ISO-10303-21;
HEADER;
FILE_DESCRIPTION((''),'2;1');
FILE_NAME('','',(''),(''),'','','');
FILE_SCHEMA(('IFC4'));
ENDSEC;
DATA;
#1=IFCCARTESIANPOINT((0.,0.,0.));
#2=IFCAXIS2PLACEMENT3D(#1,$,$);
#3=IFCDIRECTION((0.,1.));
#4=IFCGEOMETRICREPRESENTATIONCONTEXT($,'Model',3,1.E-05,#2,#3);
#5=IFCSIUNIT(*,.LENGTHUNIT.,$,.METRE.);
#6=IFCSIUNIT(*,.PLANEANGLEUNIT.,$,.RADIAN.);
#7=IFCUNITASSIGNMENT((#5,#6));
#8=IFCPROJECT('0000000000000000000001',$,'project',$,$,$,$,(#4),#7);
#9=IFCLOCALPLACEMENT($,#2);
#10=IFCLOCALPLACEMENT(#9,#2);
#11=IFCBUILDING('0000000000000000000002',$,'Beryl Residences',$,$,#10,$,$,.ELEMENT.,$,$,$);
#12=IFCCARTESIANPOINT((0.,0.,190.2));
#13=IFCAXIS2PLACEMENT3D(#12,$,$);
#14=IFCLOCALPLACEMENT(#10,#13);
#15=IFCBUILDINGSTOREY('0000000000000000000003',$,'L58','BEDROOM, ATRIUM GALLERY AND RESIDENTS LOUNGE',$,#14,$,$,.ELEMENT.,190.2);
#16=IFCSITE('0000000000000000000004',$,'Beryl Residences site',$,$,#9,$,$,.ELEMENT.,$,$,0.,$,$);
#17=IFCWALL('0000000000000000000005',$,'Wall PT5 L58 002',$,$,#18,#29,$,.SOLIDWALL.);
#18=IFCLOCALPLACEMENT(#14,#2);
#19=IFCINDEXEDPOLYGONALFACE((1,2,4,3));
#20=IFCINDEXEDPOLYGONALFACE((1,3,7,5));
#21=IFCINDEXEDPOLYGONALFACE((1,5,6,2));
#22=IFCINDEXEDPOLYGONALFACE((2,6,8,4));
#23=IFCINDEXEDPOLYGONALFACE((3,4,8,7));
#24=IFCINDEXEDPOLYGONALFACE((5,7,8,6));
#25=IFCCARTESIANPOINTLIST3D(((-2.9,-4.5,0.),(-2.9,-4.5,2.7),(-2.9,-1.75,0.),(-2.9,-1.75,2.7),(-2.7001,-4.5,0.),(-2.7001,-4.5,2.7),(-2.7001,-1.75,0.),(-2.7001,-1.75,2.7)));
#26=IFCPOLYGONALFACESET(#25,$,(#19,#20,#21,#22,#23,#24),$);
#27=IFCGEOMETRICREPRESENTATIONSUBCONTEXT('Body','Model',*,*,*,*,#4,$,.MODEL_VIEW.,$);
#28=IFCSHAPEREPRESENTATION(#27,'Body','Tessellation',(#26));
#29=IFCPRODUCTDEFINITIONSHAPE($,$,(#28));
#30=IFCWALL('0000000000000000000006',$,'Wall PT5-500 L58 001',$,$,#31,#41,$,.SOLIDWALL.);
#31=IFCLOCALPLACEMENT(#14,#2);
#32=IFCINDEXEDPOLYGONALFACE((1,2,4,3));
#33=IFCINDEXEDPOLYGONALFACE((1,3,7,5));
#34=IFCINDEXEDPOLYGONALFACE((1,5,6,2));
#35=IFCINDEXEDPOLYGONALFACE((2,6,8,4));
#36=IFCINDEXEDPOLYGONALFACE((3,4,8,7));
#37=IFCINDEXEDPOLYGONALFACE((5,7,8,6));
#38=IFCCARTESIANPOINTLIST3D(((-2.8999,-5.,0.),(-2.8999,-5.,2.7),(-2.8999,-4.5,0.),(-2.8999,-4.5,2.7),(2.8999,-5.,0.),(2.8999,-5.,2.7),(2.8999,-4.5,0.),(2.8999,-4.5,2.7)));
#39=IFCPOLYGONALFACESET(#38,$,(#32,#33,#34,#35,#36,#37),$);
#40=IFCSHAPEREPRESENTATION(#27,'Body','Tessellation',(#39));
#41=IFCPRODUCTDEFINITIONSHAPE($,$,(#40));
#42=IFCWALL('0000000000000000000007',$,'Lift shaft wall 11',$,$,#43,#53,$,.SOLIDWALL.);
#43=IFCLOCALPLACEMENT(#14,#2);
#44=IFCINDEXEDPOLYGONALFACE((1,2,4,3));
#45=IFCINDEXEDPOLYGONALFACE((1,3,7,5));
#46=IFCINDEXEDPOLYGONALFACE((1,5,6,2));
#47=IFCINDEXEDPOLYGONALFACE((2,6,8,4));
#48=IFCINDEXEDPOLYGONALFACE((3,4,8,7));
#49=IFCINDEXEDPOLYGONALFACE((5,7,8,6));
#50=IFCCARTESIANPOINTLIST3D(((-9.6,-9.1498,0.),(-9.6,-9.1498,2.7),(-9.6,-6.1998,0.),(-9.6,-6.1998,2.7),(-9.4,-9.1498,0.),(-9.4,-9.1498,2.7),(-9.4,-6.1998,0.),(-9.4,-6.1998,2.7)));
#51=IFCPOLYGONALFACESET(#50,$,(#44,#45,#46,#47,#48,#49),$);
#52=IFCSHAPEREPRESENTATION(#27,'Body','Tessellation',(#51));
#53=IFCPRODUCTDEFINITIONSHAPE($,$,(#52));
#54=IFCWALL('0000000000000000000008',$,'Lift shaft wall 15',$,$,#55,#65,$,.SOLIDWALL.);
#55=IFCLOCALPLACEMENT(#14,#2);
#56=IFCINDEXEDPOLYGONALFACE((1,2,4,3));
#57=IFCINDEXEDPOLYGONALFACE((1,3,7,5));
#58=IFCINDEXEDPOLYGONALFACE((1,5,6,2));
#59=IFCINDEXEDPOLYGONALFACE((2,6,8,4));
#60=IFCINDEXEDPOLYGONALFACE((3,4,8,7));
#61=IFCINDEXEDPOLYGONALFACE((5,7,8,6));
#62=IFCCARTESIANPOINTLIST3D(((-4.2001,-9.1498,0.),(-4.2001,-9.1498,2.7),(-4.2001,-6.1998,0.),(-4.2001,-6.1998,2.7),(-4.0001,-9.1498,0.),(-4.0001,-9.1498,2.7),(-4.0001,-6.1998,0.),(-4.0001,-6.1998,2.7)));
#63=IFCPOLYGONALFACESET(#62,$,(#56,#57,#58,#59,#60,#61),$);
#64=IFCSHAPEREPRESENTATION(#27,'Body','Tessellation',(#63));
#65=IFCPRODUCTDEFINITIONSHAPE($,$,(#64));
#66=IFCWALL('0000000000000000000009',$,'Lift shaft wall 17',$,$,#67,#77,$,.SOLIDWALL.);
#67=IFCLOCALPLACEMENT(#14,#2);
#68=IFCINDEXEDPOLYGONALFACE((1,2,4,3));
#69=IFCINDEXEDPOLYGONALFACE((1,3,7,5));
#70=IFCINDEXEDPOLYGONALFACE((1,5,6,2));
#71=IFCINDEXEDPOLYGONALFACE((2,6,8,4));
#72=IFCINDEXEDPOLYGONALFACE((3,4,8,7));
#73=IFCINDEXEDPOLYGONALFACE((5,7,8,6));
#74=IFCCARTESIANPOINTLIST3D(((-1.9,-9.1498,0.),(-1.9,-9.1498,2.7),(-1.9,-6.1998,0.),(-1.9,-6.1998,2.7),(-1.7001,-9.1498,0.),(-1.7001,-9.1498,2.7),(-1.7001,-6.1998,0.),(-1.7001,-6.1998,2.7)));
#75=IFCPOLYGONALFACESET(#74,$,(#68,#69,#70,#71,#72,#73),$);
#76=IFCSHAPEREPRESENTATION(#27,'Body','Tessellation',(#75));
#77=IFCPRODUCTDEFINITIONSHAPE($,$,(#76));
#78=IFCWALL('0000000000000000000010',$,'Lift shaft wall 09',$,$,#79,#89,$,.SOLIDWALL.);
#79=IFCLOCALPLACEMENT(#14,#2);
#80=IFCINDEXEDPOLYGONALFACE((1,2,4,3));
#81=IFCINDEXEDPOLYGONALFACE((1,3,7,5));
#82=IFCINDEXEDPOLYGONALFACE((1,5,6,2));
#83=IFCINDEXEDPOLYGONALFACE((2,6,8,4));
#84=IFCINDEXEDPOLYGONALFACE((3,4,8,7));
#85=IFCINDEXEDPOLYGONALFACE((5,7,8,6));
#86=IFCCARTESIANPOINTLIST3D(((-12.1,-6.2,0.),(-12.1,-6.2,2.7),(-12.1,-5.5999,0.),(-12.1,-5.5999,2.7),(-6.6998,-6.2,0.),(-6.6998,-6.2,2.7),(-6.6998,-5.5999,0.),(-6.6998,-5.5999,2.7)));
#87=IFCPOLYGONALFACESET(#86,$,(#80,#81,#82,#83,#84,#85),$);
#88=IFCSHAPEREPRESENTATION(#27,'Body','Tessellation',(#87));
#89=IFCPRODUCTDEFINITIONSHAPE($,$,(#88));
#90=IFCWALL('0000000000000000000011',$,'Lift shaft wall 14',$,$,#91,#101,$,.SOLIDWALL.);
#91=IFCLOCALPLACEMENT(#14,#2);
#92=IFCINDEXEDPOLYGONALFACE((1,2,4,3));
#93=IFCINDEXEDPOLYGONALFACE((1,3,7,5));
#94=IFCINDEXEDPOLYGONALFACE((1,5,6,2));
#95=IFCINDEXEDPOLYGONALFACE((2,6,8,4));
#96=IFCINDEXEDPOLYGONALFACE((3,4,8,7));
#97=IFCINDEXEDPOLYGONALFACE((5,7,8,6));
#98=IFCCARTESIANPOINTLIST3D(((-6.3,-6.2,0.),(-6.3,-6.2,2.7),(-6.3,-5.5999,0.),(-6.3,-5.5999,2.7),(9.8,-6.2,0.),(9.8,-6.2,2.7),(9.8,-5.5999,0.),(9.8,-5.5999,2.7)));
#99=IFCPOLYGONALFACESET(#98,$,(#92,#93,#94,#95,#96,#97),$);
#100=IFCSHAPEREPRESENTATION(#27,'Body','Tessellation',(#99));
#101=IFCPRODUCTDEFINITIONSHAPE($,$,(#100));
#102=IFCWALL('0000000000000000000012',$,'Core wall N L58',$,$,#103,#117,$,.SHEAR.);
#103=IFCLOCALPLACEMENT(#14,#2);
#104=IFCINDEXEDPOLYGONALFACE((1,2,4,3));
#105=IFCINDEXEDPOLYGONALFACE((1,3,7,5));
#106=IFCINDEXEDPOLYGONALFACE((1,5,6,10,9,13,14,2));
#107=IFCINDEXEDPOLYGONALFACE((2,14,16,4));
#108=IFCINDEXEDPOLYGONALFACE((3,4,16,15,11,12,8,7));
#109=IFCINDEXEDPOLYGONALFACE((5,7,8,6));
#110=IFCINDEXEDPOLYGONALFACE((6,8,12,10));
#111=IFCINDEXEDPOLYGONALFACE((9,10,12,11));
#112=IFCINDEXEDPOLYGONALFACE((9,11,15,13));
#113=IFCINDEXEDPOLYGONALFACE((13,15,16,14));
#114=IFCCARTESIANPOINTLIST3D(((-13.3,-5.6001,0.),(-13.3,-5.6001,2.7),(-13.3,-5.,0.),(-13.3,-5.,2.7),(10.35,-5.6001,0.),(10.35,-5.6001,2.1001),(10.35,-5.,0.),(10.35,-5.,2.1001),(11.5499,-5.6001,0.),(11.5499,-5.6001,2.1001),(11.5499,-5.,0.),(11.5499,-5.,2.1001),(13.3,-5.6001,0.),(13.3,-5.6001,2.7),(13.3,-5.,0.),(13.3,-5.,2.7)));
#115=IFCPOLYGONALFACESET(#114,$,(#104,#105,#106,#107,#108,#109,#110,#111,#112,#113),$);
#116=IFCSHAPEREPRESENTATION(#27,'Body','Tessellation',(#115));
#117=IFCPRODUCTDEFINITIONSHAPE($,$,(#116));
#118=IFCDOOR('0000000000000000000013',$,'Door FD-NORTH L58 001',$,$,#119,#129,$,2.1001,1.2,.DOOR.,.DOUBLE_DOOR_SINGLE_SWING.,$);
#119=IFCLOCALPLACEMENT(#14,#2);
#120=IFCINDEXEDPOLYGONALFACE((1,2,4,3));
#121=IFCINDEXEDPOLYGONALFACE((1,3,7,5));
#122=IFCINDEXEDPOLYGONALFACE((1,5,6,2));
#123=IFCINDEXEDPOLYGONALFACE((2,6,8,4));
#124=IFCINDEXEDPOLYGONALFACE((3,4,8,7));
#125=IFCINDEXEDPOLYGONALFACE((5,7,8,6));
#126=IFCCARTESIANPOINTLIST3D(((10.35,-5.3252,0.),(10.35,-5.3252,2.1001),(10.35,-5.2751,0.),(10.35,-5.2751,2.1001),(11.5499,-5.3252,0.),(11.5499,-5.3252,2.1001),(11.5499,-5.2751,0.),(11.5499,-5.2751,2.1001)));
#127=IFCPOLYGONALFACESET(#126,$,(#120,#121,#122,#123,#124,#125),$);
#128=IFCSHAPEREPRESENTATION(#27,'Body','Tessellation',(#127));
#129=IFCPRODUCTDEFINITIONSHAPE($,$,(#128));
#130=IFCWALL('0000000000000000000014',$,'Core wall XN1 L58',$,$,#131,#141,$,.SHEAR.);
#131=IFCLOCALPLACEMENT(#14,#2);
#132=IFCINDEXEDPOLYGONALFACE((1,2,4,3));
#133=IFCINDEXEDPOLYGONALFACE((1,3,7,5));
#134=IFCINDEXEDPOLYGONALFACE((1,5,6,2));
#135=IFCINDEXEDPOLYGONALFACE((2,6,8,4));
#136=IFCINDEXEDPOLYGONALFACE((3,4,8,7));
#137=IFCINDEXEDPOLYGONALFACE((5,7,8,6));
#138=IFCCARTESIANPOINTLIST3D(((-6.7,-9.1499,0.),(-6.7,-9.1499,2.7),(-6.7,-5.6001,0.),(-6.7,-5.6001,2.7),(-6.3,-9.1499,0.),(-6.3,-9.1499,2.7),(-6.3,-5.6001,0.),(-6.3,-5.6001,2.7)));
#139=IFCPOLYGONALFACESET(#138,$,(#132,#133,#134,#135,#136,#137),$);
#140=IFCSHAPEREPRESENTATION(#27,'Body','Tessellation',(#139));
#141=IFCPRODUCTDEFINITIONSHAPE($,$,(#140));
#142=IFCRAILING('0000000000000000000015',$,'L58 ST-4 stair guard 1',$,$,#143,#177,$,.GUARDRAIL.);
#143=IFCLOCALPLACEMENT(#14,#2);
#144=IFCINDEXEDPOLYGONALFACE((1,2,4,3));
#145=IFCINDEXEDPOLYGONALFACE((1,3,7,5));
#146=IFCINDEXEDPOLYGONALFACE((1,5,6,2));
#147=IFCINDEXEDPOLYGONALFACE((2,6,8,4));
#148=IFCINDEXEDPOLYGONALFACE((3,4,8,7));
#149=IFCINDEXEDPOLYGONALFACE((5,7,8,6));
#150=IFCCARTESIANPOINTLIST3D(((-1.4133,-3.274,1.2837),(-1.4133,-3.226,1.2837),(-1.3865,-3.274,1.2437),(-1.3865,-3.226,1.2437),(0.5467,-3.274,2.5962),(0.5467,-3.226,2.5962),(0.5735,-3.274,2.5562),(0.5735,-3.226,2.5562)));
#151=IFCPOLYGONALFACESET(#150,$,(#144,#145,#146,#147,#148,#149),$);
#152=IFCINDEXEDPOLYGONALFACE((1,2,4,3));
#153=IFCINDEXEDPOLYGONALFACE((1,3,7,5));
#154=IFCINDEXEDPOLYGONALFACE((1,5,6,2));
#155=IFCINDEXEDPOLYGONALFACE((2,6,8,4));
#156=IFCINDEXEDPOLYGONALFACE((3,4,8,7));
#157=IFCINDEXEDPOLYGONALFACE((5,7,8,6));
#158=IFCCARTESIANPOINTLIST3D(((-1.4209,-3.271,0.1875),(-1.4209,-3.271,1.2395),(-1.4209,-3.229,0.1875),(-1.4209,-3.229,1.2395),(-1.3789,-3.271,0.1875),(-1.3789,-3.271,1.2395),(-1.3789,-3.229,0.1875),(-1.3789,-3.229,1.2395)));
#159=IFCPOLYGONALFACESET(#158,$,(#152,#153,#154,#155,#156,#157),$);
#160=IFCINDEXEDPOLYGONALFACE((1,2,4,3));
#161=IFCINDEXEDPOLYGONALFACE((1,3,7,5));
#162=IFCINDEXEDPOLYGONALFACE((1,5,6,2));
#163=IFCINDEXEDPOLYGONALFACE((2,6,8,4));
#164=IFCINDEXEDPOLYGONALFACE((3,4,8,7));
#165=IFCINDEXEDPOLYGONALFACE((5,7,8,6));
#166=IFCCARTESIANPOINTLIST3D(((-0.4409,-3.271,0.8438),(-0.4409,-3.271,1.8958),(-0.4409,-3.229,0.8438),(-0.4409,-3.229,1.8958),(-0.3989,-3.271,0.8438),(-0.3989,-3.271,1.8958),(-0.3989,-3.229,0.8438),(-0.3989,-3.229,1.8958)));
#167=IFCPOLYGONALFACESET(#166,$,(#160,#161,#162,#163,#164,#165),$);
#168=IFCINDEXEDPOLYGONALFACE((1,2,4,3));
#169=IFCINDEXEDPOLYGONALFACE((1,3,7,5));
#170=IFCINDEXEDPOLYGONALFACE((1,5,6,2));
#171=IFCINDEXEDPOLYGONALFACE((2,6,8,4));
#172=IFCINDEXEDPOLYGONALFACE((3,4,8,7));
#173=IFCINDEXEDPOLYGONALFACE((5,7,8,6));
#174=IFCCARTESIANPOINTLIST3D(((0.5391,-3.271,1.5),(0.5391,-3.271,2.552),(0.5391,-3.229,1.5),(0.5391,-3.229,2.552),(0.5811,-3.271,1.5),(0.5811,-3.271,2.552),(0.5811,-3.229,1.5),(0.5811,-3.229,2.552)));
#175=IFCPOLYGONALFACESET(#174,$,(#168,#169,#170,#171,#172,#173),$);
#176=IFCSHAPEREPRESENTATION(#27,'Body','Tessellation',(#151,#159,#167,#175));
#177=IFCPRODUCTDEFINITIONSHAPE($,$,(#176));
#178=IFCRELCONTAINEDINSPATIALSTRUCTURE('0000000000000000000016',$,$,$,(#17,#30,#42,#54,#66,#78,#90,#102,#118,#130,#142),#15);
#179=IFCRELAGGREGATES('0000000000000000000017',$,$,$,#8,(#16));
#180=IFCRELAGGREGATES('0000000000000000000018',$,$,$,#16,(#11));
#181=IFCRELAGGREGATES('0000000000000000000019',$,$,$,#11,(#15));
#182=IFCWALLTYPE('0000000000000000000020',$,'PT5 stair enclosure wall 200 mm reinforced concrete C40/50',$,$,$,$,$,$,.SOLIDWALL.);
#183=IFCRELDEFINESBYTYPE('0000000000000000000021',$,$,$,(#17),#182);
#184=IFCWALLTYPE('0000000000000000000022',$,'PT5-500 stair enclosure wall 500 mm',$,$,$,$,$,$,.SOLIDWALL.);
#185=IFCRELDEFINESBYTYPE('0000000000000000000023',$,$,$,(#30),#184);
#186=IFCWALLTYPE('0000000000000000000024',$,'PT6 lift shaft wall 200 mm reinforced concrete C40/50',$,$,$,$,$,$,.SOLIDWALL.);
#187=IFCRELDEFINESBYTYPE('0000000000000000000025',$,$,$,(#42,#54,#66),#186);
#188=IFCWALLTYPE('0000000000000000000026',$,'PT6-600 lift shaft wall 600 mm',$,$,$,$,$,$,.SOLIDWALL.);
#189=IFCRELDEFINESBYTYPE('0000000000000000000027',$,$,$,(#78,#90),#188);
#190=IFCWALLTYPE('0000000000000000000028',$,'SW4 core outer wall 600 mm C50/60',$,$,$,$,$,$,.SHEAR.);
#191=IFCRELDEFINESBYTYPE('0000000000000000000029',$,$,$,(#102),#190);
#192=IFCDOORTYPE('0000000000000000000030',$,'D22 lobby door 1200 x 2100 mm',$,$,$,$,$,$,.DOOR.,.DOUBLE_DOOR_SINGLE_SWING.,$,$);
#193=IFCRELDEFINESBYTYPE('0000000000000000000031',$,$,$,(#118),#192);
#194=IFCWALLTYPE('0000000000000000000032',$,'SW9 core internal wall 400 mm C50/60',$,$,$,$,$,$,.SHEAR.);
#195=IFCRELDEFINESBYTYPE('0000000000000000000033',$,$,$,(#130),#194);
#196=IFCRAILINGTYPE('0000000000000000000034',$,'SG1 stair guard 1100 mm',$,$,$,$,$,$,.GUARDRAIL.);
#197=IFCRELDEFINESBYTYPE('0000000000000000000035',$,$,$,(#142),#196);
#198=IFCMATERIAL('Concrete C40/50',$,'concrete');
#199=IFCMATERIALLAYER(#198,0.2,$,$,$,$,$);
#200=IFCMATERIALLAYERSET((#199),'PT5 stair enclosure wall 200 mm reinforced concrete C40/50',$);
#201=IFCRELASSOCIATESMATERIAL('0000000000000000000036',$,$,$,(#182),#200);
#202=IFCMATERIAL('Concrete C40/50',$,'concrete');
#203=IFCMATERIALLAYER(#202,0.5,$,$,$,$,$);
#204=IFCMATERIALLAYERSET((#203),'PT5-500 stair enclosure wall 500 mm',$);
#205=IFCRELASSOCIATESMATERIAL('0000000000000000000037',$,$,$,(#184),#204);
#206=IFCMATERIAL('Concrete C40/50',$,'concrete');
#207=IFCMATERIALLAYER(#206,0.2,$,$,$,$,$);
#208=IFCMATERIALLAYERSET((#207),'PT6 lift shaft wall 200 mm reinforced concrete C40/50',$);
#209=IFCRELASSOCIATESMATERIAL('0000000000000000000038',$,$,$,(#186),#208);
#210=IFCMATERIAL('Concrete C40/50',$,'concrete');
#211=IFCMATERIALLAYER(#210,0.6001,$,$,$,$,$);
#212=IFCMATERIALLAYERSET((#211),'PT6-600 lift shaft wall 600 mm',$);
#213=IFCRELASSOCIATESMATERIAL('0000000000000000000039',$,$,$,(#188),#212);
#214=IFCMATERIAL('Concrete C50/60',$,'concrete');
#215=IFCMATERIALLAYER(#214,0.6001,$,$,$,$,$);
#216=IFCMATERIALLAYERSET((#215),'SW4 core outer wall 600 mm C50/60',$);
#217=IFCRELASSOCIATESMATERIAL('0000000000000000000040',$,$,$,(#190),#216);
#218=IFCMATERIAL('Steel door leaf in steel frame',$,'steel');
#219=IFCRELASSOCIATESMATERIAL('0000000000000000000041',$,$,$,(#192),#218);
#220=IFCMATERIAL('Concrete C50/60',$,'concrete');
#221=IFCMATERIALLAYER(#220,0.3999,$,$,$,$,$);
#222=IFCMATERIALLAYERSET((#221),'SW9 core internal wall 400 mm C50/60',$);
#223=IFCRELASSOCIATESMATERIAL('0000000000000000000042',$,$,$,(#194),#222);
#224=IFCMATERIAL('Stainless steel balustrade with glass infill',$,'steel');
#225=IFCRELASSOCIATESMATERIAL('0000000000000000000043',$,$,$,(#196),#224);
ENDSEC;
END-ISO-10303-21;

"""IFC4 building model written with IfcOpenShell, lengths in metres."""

from ifc_helpers import new_model, si_unit, direction, frame, frame_2d, origin, origin_2d, place, context, subcontext, project, spatial, rectangle, extrude, material, layer, layer_set, type_object, element, fill, save


model = new_model("IFC4")

# Units and contexts
model_context = context("Model", 3, precision=1e-05, world=origin(), true_north=direction((0.0, 1.0)))
body_context = subcontext(model_context, "Body", "Model", "MODEL_VIEW")
ifc_project = project(units=[si_unit("LENGTHUNIT", "METRE"), si_unit("PLANEANGLEUNIT", "RADIAN")], contexts=[model_context])

# Site, building, storey
site_placement = place(None, origin())
site = spatial("IfcSite", under=ifc_project, at=site_placement, Name="Beryl Residences site", CompositionType="ELEMENT", RefElevation=0.0)
building_placement = place(site_placement, origin())
building = spatial("IfcBuilding", under=site, at=building_placement, Name="Beryl Residences", CompositionType="ELEMENT")
storey_placement = place(building_placement, frame((0.0, 0.0, 190.2)))
storey = spatial("IfcBuildingStorey", under=building, at=storey_placement, Name="L58", Description="BEDROOM, ATRIUM GALLERY AND RESIDENTS LOUNGE", CompositionType="ELEMENT", Elevation=190.2)

# Walls
ifc_material_1 = material(Name="Concrete C40/50", Category="concrete")
ifc_layer_1 = layer(ifc_material_1, 0.2)
ifc_layer_set_1 = layer_set([ifc_layer_1], Name="PT5 stair enclosure wall 200 mm reinforced concrete C40/50")
wall_type_1 = type_object("IfcWallType", Name="PT5 stair enclosure wall 200 mm reinforced concrete C40/50", PredefinedType="SOLIDWALL", material=ifc_layer_set_1)
wall_1_placement = place(storey_placement, frame((-2.8, -4.5, 0.0), z_axis=(0.0, 0.0, 1.0), x_axis=(0.0, 1.0, 0.0)))
element("IfcWall", 1, at=wall_1_placement, inside=storey, type_object=wall_type_1, Name="Wall PT5 L58 002", PredefinedType="SOLIDWALL", context=body_context, shape_type="SweptSolid", body=[
    extrude(rectangle(XDim=2.75, YDim=0.2, at=frame_2d((1.375, 0.0))), origin(), (0.0, 0.0, 1.0), 2.7),
])
ifc_material_2 = material(Name="Concrete C40/50", Category="concrete")
ifc_layer_2 = layer(ifc_material_2, 0.5)
ifc_layer_set_2 = layer_set([ifc_layer_2], Name="PT5-500 stair enclosure wall 500 mm")
wall_type_2 = type_object("IfcWallType", Name="PT5-500 stair enclosure wall 500 mm", PredefinedType="SOLIDWALL", material=ifc_layer_set_2)
wall_2_placement = place(storey_placement, frame((-2.8999, -4.75, 0.0), z_axis=(0.0, 0.0, 1.0), x_axis=(1.0, 0.0, 0.0)))
element("IfcWall", 2, at=wall_2_placement, inside=storey, type_object=wall_type_2, Name="Wall PT5-500 L58 001", PredefinedType="SOLIDWALL", context=body_context, shape_type="SweptSolid", body=[
    extrude(rectangle(XDim=5.7998, YDim=0.5, at=frame_2d((2.8999, 0.0))), origin(), (0.0, 0.0, 1.0), 2.7),
])
ifc_material_3 = material(Name="Concrete C40/50", Category="concrete")
ifc_layer_3 = layer(ifc_material_3, 0.2)
ifc_layer_set_3 = layer_set([ifc_layer_3], Name="PT6 lift shaft wall 200 mm reinforced concrete C40/50")
wall_type_3 = type_object("IfcWallType", Name="PT6 lift shaft wall 200 mm reinforced concrete C40/50", PredefinedType="SOLIDWALL", material=ifc_layer_set_3)
for number, where, z_axis, x_axis, name in (
    (3, (-9.5, -9.1499, 0.0), (0.0, 0.0, 1.0), (0.0, 1.0, 0.0), "Lift shaft wall 11"),
    (4, (-4.1001, -9.1499, 0.0), (0.0, 0.0, 1.0), (0.0, 1.0, 0.0), "Lift shaft wall 15"),
    (5, (-1.8, -9.1499, 0.0), (0.0, 0.0, 1.0), (0.0, 1.0, 0.0), "Lift shaft wall 17"),
):
    element("IfcWall", number, at=place(storey_placement, frame(where, z_axis=z_axis, x_axis=x_axis)), inside=storey, type_object=wall_type_3, Name=name, PredefinedType="SOLIDWALL", context=body_context, shape_type="SweptSolid", body=[
        extrude(rectangle(XDim=2.95, YDim=0.2, at=frame_2d((1.4751, 0.0))), origin(), (0.0, 0.0, 1.0), 2.7),
    ])
ifc_material_4 = material(Name="Concrete C40/50", Category="concrete")
ifc_layer_4 = layer(ifc_material_4, 0.6001)
ifc_layer_set_4 = layer_set([ifc_layer_4], Name="PT6-600 lift shaft wall 600 mm")
wall_type_4 = type_object("IfcWallType", Name="PT6-600 lift shaft wall 600 mm", PredefinedType="SOLIDWALL", material=ifc_layer_set_4)
wall_3_placement = place(storey_placement, frame((-12.1001, -5.8999, 0.0), z_axis=(0.0, 0.0, 1.0), x_axis=(1.0, 0.0, 0.0)))
element("IfcWall", 6, at=wall_3_placement, inside=storey, type_object=wall_type_4, Name="Lift shaft wall 09", PredefinedType="SOLIDWALL", context=body_context, shape_type="SweptSolid", body=[
    extrude(rectangle(XDim=5.4001, YDim=0.6001, at=frame_2d((2.7002, 0.0))), origin(), (0.0, 0.0, 1.0), 2.7),
])
wall_4_placement = place(storey_placement, frame((-6.3, -5.8999, 0.0), z_axis=(0.0, 0.0, 1.0), x_axis=(1.0, 0.0, 0.0)))
element("IfcWall", 7, at=wall_4_placement, inside=storey, type_object=wall_type_4, Name="Lift shaft wall 14", PredefinedType="SOLIDWALL", context=body_context, shape_type="SweptSolid", body=[
    extrude(rectangle(XDim=16.1001, YDim=0.6001, at=frame_2d((8.05, 0.0))), origin(), (0.0, 0.0, 1.0), 2.7),
])

# Wall, opening, door
ifc_material_5 = material(Name="Concrete C50/60", Category="concrete")
ifc_layer_5 = layer(ifc_material_5, 0.6001)
ifc_layer_set_5 = layer_set([ifc_layer_5], Name="SW4 core outer wall 600 mm C50/60")
wall_type_5 = type_object("IfcWallType", Name="SW4 core outer wall 600 mm C50/60", PredefinedType="SHEAR", material=ifc_layer_set_5)
wall_5_placement = place(storey_placement, frame((-13.3, -5.3, 0.0), z_axis=(0.0, 0.0, 1.0), x_axis=(1.0, 0.0, 0.0)))
wall_5 = element("IfcWall", 8, at=wall_5_placement, inside=storey, type_object=wall_type_5, Name="Core wall N L58", PredefinedType="SHEAR", context=body_context, shape_type="SweptSolid", body=[
    extrude(rectangle(XDim=26.6001, YDim=0.6001, at=frame_2d((13.3, 0.0))), origin(), (0.0, 0.0, 1.0), 2.7),
])
opening_placement = place(wall_5_placement, frame((23.6499, 0.0, 0.0)))
opening = element("IfcOpeningElement", 9, at=opening_placement, cuts=wall_5, PredefinedType="OPENING", context=body_context, shape_type="SweptSolid", body=[
    extrude(rectangle(XDim=1.2, YDim=2.1001, at=frame_2d((0.6001, 1.05))), frame((0.0, 0.3101, 0.0), z_axis=(0.0, -1.0, 0.0), x_axis=(1.0, 0.0, 0.0)), (0.0, 0.0, 1.0), 0.6201),
])
ifc_material_6 = material(Name="Steel door leaf in steel frame", Category="steel")
door_type = type_object("IfcDoorType", Name="D22 lobby door 1200 x 2100 mm", OperationType="DOUBLE_DOOR_SINGLE_SWING", PredefinedType="DOOR", material=ifc_material_6)
door_placement = place(opening_placement, origin())
door = element("IfcDoor", 10, at=door_placement, inside=storey, type_object=door_type, Name="Door FD-NORTH L58 001", OperationType="DOUBLE_DOOR_SINGLE_SWING", OverallHeight=2.1001, OverallWidth=1.2, PredefinedType="DOOR", context=body_context, shape_type="SweptSolid", body=[
    extrude(rectangle(XDim=1.2, YDim=2.1001, at=frame_2d((0.6001, 1.05))), frame((0.0, 0.0249, 0.0), z_axis=(0.0, -1.0, 0.0), x_axis=(1.0, 0.0, 0.0)), (0.0, 0.0, 1.0), 0.05),
])
fill(opening, door)

# Wall
ifc_material_7 = material(Name="Concrete C50/60", Category="concrete")
ifc_layer_6 = layer(ifc_material_7, 0.3999)
ifc_layer_set_6 = layer_set([ifc_layer_6], Name="SW9 core internal wall 400 mm C50/60")
wall_type_6 = type_object("IfcWallType", Name="SW9 core internal wall 400 mm C50/60", PredefinedType="SHEAR", material=ifc_layer_set_6)
wall_6_placement = place(storey_placement, frame((-6.5, -9.1499, 0.0), z_axis=(0.0, 0.0, 1.0), x_axis=(0.0, 1.0, 0.0)))
element("IfcWall", 11, at=wall_6_placement, inside=storey, type_object=wall_type_6, Name="Core wall XN1 L58", PredefinedType="SHEAR", context=body_context, shape_type="SweptSolid", body=[
    extrude(rectangle(XDim=3.5498, YDim=0.3999, at=frame_2d((1.7749, 0.0))), origin(), (0.0, 0.0, 1.0), 2.7),
])

# Railing
ifc_material_8 = material(Name="Stainless steel balustrade with glass infill", Category="steel")
railing_type = type_object("IfcRailingType", Name="SG1 stair guard 1100 mm", PredefinedType="GUARDRAIL", material=ifc_material_8)
railing_1_placement = place(storey_placement, frame((-1.3999, -3.25, 0.1875)))
element("IfcRailing", 12, at=railing_1_placement, inside=storey, type_object=railing_type, Name="L58 ST-4 stair guard 1", PredefinedType="GUARDRAIL", context=body_context, shape_type="SweptSolid", body=[
    extrude(rectangle(XDim=0.0481, YDim=0.0481, at=origin_2d()), frame((0.0, 0.0, 1.0762), z_axis=(0.830902, 0.0, 0.556419), x_axis=(0.0, 1.0, 0.0)), (0.0, 0.0, 1.0), 2.3589),
    extrude(rectangle(XDim=0.042, YDim=0.042, at=origin_2d()), origin(), (0.0, 0.0, 1.0), 1.052),
    extrude(rectangle(XDim=0.042, YDim=0.042, at=origin_2d()), frame((0.98, 0.0, 0.6562)), (0.0, 0.0, 1.0), 1.052),
    extrude(rectangle(XDim=0.042, YDim=0.042, at=origin_2d()), frame((1.96, 0.0, 1.3125)), (0.0, 0.0, 1.0), 1.052),
])

save(model, "model.ifc")
